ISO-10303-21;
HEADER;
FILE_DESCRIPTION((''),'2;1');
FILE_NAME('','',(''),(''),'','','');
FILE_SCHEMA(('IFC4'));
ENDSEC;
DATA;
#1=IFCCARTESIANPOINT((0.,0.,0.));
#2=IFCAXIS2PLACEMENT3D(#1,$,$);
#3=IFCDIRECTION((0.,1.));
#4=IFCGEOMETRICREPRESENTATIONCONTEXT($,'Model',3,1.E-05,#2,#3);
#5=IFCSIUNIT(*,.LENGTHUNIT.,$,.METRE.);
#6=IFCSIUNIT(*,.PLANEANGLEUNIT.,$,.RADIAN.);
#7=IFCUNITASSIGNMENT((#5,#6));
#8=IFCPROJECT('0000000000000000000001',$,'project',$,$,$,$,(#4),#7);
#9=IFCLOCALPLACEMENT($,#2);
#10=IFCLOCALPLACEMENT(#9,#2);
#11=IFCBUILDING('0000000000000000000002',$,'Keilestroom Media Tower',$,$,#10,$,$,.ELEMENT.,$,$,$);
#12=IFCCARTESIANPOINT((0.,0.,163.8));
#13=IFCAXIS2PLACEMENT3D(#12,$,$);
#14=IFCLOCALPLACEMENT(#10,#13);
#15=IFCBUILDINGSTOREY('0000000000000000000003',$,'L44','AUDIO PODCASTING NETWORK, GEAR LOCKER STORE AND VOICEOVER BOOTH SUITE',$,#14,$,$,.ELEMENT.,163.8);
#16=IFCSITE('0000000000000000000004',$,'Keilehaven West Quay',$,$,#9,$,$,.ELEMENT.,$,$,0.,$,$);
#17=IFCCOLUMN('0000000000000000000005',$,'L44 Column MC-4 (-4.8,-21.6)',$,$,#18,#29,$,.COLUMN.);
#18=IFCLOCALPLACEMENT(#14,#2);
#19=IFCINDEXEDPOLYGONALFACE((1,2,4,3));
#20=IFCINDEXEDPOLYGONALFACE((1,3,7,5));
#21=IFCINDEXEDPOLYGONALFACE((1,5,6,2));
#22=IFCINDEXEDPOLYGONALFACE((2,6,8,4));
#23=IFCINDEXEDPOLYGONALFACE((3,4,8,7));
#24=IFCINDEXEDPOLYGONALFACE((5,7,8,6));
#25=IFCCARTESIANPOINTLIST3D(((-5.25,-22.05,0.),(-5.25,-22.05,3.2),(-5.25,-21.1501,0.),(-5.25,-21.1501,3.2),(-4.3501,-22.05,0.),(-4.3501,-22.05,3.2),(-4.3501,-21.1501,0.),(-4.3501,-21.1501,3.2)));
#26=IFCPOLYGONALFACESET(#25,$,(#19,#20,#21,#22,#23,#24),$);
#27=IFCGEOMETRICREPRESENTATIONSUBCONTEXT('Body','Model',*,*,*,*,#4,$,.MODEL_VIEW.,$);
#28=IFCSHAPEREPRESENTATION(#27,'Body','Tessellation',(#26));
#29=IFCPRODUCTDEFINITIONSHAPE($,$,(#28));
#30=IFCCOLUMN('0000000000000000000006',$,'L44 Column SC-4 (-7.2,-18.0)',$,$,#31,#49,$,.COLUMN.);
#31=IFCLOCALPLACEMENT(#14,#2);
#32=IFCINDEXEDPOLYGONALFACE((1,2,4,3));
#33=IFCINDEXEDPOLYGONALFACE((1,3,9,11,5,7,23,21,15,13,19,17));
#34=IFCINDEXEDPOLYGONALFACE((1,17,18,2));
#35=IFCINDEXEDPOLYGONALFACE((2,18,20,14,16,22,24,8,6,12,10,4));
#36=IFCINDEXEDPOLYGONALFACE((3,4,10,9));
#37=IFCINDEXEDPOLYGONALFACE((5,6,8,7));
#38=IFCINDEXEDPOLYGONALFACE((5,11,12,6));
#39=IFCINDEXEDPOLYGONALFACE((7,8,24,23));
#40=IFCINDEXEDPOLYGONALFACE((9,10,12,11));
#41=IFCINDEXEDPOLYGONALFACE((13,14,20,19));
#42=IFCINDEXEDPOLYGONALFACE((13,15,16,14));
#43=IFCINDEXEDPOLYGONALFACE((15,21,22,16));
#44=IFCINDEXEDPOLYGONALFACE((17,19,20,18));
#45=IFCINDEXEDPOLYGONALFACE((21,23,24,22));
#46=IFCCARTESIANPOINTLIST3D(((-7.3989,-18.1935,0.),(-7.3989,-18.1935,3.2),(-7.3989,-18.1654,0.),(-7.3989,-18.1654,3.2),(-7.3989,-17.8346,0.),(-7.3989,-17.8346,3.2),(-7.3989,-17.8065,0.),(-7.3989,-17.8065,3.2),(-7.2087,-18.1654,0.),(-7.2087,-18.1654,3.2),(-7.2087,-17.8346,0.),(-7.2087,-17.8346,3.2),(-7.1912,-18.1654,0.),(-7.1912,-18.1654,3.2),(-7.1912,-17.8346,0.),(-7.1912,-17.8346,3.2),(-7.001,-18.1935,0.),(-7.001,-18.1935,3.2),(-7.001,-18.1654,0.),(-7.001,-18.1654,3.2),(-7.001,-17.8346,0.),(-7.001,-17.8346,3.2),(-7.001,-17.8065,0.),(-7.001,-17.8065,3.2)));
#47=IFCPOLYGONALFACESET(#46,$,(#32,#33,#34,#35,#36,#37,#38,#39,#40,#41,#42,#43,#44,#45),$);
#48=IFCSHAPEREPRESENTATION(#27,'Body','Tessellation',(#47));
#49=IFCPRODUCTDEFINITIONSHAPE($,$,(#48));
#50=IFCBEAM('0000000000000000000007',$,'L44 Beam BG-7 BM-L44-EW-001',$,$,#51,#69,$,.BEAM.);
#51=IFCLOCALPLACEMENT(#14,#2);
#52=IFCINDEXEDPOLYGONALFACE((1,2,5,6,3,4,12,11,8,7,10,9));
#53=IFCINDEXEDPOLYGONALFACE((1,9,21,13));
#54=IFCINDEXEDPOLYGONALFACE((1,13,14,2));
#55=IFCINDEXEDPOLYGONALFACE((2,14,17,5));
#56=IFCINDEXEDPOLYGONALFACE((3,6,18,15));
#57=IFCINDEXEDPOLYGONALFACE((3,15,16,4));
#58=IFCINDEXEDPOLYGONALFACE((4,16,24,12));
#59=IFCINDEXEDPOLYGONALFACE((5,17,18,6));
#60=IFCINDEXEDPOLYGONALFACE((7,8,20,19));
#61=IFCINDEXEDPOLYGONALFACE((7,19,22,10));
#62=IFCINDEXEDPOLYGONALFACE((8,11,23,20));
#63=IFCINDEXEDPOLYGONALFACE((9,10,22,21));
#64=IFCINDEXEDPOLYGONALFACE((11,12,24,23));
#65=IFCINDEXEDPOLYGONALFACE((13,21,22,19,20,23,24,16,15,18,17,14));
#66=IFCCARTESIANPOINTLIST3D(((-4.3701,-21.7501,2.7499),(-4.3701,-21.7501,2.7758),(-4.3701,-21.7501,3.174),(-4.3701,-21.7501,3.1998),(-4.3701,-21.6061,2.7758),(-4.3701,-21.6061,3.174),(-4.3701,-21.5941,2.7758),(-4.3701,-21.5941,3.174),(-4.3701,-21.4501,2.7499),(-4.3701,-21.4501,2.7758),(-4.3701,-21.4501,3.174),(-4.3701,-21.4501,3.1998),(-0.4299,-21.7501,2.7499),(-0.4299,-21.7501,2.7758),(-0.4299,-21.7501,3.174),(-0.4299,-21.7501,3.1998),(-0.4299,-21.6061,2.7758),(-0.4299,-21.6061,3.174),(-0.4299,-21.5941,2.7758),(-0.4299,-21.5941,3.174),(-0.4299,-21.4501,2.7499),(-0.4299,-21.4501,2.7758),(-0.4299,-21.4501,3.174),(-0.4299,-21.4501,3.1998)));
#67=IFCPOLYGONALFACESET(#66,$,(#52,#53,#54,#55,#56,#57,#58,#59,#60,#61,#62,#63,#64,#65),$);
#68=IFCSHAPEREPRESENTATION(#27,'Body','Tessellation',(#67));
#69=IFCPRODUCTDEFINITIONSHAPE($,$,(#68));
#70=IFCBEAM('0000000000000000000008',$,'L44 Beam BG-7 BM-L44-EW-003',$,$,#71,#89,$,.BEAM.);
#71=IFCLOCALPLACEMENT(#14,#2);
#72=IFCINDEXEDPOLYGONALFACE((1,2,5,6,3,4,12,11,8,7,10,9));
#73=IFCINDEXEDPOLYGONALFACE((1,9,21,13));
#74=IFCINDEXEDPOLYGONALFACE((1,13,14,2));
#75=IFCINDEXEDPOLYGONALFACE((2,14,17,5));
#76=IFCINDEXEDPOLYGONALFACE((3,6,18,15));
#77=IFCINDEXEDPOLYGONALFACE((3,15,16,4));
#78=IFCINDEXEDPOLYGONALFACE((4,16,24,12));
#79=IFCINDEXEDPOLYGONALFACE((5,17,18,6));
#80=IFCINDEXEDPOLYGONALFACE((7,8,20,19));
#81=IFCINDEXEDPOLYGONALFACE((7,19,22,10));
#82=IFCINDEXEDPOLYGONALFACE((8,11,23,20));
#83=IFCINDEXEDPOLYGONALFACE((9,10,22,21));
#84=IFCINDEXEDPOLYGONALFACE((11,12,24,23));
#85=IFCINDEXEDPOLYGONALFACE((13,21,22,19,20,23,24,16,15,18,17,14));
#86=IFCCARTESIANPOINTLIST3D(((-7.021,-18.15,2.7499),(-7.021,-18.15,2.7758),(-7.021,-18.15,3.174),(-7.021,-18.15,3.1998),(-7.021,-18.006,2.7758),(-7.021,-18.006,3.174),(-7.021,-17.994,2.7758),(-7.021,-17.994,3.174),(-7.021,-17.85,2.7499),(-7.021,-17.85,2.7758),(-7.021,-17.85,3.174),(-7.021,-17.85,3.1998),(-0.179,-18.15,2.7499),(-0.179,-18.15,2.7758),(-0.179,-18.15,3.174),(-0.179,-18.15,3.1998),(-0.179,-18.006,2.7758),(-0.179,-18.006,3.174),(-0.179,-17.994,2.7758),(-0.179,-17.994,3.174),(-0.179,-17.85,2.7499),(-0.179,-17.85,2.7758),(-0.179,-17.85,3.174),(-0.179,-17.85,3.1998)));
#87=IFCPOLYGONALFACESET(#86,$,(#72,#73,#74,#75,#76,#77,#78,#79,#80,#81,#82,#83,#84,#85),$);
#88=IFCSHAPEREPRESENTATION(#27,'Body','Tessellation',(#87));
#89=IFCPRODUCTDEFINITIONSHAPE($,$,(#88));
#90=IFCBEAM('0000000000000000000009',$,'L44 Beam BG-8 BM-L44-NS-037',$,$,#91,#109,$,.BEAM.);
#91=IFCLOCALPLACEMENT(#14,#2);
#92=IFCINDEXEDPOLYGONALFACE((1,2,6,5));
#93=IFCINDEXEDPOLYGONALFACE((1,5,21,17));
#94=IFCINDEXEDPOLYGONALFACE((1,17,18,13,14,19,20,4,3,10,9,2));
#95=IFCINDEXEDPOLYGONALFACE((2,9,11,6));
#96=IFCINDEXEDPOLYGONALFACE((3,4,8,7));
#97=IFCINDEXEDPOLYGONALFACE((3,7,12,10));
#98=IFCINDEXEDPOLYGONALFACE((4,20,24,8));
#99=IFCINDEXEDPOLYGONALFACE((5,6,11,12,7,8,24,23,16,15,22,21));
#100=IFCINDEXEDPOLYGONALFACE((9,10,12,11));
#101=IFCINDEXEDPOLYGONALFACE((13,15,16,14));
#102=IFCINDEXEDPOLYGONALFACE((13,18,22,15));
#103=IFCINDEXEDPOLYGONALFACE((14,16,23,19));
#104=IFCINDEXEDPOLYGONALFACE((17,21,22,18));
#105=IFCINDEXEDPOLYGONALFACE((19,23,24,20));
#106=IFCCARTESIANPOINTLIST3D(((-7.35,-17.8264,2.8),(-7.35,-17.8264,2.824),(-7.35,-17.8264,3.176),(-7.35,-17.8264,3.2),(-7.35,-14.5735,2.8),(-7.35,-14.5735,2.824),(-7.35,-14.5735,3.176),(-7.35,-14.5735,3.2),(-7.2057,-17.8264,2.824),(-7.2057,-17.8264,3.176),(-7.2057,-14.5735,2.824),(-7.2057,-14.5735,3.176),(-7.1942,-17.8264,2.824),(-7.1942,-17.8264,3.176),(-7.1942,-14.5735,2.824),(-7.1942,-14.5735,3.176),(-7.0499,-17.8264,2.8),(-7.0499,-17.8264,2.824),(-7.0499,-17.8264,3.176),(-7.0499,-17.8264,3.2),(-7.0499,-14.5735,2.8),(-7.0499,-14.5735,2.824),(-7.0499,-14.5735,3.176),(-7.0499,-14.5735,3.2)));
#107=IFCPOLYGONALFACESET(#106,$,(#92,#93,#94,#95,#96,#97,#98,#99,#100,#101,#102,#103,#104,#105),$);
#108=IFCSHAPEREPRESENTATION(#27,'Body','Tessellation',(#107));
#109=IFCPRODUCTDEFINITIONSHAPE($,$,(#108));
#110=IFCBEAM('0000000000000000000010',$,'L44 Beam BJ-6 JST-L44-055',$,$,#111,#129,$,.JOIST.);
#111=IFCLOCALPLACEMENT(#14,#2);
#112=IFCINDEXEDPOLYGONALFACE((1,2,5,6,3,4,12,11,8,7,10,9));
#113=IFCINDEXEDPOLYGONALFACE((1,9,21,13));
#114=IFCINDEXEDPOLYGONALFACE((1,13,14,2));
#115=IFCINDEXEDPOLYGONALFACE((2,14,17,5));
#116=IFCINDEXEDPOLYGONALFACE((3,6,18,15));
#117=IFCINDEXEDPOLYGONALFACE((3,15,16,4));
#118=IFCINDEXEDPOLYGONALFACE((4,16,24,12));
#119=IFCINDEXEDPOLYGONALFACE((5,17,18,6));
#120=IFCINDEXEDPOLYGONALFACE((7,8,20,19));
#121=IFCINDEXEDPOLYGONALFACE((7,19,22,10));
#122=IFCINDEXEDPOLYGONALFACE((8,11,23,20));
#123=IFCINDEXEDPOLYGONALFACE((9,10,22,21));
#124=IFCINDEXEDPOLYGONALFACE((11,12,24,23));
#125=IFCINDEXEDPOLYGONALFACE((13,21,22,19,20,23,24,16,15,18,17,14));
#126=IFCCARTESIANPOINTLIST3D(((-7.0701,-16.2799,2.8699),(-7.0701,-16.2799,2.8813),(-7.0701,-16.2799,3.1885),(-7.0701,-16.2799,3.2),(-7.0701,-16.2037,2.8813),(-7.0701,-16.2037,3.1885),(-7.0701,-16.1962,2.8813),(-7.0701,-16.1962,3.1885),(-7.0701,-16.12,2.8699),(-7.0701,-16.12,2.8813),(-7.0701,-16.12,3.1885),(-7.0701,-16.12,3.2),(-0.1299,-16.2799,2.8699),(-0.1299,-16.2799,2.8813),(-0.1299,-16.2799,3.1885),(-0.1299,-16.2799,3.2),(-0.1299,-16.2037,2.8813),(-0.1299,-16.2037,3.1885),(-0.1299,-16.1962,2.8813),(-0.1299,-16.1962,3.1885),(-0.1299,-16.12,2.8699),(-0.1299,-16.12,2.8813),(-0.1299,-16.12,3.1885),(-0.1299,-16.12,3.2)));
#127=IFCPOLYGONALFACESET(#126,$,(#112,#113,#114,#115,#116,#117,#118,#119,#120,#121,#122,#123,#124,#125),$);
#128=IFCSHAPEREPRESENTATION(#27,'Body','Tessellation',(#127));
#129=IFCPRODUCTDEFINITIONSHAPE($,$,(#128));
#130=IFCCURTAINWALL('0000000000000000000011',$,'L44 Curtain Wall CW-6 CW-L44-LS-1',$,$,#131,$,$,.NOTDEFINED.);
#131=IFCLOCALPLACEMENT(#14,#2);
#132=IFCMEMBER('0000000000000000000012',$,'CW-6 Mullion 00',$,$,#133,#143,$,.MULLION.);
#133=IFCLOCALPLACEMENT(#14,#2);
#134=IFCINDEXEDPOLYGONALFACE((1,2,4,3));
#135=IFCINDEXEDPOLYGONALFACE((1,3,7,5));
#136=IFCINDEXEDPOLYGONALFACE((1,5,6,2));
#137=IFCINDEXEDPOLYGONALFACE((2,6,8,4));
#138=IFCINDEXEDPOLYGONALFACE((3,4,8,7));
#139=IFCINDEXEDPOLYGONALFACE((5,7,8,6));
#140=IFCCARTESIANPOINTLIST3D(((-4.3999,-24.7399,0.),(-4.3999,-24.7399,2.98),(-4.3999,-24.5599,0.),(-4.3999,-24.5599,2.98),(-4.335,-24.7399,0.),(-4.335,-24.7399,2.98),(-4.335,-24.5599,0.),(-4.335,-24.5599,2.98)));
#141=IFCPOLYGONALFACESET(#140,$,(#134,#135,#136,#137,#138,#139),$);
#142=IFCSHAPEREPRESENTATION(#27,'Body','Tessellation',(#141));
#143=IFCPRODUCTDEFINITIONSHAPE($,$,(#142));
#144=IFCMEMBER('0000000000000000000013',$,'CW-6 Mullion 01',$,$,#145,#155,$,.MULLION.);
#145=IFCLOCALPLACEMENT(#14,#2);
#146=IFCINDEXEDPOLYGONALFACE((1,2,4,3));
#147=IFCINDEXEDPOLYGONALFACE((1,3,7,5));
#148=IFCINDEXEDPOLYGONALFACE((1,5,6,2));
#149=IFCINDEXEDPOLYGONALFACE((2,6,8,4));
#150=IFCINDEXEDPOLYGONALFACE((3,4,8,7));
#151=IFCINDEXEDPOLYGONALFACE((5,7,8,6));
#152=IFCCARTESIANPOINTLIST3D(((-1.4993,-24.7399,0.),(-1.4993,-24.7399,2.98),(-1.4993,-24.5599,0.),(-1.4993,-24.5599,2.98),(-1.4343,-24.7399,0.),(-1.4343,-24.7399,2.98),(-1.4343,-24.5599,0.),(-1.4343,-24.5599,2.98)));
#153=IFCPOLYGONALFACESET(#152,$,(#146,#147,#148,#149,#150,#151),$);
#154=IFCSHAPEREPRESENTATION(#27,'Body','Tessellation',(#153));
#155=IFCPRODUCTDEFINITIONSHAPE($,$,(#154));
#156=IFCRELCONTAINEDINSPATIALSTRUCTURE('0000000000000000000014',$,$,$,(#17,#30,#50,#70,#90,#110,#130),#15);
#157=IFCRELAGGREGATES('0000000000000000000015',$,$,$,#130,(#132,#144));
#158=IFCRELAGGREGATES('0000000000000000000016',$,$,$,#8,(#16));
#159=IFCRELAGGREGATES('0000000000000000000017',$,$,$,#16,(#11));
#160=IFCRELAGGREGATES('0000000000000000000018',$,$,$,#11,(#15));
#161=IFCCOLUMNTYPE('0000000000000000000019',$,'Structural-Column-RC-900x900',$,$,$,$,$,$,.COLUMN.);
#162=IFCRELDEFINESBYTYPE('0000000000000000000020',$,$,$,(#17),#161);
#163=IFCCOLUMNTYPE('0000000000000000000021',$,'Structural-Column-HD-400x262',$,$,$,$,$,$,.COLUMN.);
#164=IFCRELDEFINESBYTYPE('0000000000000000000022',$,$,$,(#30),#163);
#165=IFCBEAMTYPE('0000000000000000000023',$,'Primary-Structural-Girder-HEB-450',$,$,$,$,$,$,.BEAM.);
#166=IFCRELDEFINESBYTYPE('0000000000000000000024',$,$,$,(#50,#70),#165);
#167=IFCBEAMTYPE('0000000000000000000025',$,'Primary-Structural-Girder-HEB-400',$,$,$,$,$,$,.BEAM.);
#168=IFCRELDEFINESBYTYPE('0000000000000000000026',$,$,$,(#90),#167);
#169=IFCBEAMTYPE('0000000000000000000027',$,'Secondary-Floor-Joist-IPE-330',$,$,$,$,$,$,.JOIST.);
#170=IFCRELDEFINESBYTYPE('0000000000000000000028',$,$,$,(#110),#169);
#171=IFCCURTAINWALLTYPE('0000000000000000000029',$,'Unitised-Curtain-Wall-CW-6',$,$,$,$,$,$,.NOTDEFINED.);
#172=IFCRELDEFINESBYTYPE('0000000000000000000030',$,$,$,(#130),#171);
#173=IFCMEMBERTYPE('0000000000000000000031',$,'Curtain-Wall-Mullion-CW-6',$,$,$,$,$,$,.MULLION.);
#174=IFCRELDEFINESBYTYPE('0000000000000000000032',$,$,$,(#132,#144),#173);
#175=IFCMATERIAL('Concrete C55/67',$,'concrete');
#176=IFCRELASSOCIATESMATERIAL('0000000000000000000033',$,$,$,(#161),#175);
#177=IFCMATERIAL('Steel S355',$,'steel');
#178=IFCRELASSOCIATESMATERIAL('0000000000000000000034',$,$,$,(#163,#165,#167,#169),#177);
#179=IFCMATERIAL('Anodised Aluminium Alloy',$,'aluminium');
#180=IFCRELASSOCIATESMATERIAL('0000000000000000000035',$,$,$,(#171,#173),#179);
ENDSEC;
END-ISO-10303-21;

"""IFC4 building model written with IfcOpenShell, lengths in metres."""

from ifc_helpers import new_model, si_unit, direction, frame, origin, origin_2d, place, context, subcontext, project, spatial, rectangle, i_section, extrude, source, transform, mapped, material, material_profile, profile_set, type_object, element, aggregate, save


model = new_model("IFC4")

# Units and contexts
model_context = context("Model", 3, precision=1e-05, world=origin(), true_north=direction((0.0, 1.0)))
body_context = subcontext(model_context, "Body", "Model", "MODEL_VIEW")
ifc_project = project(units=[si_unit("LENGTHUNIT", "METRE"), si_unit("PLANEANGLEUNIT", "RADIAN")], contexts=[model_context])

# Site, building, storey
site_placement = place(None, origin())
site = spatial("IfcSite", under=ifc_project, at=site_placement, Name="Keilehaven West Quay", CompositionType="ELEMENT", RefElevation=0.0)
building_placement = place(site_placement, origin())
building = spatial("IfcBuilding", under=site, at=building_placement, Name="Keilestroom Media Tower", CompositionType="ELEMENT")
storey_placement = place(building_placement, frame((0.0, 0.0, 163.8)))
storey = spatial("IfcBuildingStorey", under=building, at=storey_placement, Name="L44", Description="AUDIO PODCASTING NETWORK, GEAR LOCKER STORE AND VOICEOVER BOOTH SUITE", CompositionType="ELEMENT", Elevation=163.8)

# Columns
ifc_material_1 = material(Name="Concrete C55/67", Category="concrete")
ifc_material_profile_1 = material_profile(ifc_material_1, rectangle(XDim=0.8999, YDim=0.8999, at=origin_2d()), Name="RC 900x900")
ifc_profile_set_1 = profile_set([ifc_material_profile_1], Name="Concrete C55/67")
column_type_1 = type_object("IfcColumnType", Name="Structural-Column-RC-900x900", PredefinedType="COLUMN", material=ifc_profile_set_1)
shared_shape_1 = source(origin(), body_context, "Body", "SweptSolid", [
    extrude(rectangle(XDim=0.8999, YDim=0.8999, at=origin_2d()), origin(), (0.0, 0.0, 1.0), 3.2),
])
column_1_placement = place(storey_placement, frame((-4.8, -21.6001, 0.0), z_axis=(0.0, 0.0, 1.0), x_axis=(1.0, 0.0, 0.0)))
element("IfcColumn", 1, at=column_1_placement, inside=storey, type_object=column_type_1, Name="L44 Column MC-4 (-4.8,-21.6)", PredefinedType="COLUMN", context=body_context, shape_type="MappedRepresentation", body=[
    mapped(shared_shape_1, transform((0.0, 0.0, 0.0), x_axis=(1.0, 0.0, 0.0), y_axis=(0.0, 1.0, 0.0), z_axis=(0.0, 0.0, 1.0), scale=1.0)),
])
ifc_material_2 = material(Name="Steel S355", Category="steel")
ifc_material_profile_2 = material_profile(ifc_material_2, i_section(OverallWidth=0.3979, OverallDepth=0.387, WebThickness=0.0176, FlangeThickness=0.0281, at=origin_2d()), Name="HD 400x262")
ifc_profile_set_2 = profile_set([ifc_material_profile_2], Name="Steel S355")
column_type_2 = type_object("IfcColumnType", Name="Structural-Column-HD-400x262", PredefinedType="COLUMN", material=ifc_profile_set_2)
shared_shape_2 = source(origin(), body_context, "Body", "SweptSolid", [
    extrude(i_section(OverallWidth=0.3979, OverallDepth=0.387, WebThickness=0.0176, FlangeThickness=0.0281, at=origin_2d()), origin(), (0.0, 0.0, 1.0), 3.2),
])
column_2_placement = place(storey_placement, frame((-7.2, -18.0, 0.0), z_axis=(0.0, 0.0, 1.0), x_axis=(1.0, 0.0, 0.0)))
element("IfcColumn", 2, at=column_2_placement, inside=storey, type_object=column_type_2, Name="L44 Column SC-4 (-7.2,-18.0)", PredefinedType="COLUMN", context=body_context, shape_type="MappedRepresentation", body=[
    mapped(shared_shape_2, transform((0.0, 0.0, 0.0), x_axis=(1.0, 0.0, 0.0), y_axis=(0.0, 1.0, 0.0), z_axis=(0.0, 0.0, 1.0), scale=1.0)),
])

# Beams
ifc_material_profile_3 = material_profile(ifc_material_2, i_section(OverallWidth=0.3, OverallDepth=0.45, WebThickness=0.012, FlangeThickness=0.0259, at=origin_2d()), Name="HEB 450")
ifc_profile_set_3 = profile_set([ifc_material_profile_3], Name="Steel S355")
beam_type_1 = type_object("IfcBeamType", Name="Primary-Structural-Girder-HEB-450", PredefinedType="BEAM", material=ifc_profile_set_3)
shared_shape_3 = source(origin(), body_context, "Body", "SweptSolid", [
    extrude(i_section(OverallWidth=0.3, OverallDepth=0.45, WebThickness=0.012, FlangeThickness=0.0259, at=origin_2d()), origin(), (0.0, 0.0, 1.0), 3.9402),
])
beam_1_placement = place(storey_placement, frame((-4.3701, -21.6001, 2.9749), z_axis=(1.0, 0.0, 0.0), x_axis=(0.0, 1.0, 0.0)))
element("IfcBeam", 3, at=beam_1_placement, inside=storey, type_object=beam_type_1, Name="L44 Beam BG-7 BM-L44-EW-001", PredefinedType="BEAM", context=body_context, shape_type="MappedRepresentation", body=[
    mapped(shared_shape_3, transform((0.0, 0.0, 0.0), x_axis=(1.0, 0.0, 0.0), y_axis=(0.0, 1.0, 0.0), z_axis=(0.0, 0.0, 1.0), scale=1.0)),
])
shared_shape_4 = source(origin(), body_context, "Body", "SweptSolid", [
    extrude(i_section(OverallWidth=0.3, OverallDepth=0.45, WebThickness=0.012, FlangeThickness=0.0259, at=origin_2d()), origin(), (0.0, 0.0, 1.0), 6.842),
])
beam_2_placement = place(storey_placement, frame((-7.021, -18.0, 2.9749), z_axis=(1.0, 0.0, 0.0), x_axis=(0.0, 1.0, 0.0)))
element("IfcBeam", 4, at=beam_2_placement, inside=storey, type_object=beam_type_1, Name="L44 Beam BG-7 BM-L44-EW-003", PredefinedType="BEAM", context=body_context, shape_type="MappedRepresentation", body=[
    mapped(shared_shape_4, transform((0.0, 0.0, 0.0), x_axis=(1.0, 0.0, 0.0), y_axis=(0.0, 1.0, 0.0), z_axis=(0.0, 0.0, 1.0), scale=1.0)),
])
ifc_material_profile_4 = material_profile(ifc_material_2, i_section(OverallWidth=0.3, OverallDepth=0.3999, WebThickness=0.0115, FlangeThickness=0.0239, at=origin_2d()), Name="HEB 400")
ifc_profile_set_4 = profile_set([ifc_material_profile_4], Name="Steel S355")
beam_type_2 = type_object("IfcBeamType", Name="Primary-Structural-Girder-HEB-400", PredefinedType="BEAM", material=ifc_profile_set_4)
shared_shape_5 = source(origin(), body_context, "Body", "SweptSolid", [
    extrude(i_section(OverallWidth=0.3, OverallDepth=0.3999, WebThickness=0.0115, FlangeThickness=0.0239, at=origin_2d()), origin(), (0.0, 0.0, 1.0), 3.2529),
])
beam_3_placement = place(storey_placement, frame((-7.2, -17.8264, 3.0), z_axis=(0.0, 1.0, 0.0), x_axis=(-1.0, 0.0, 0.0)))
element("IfcBeam", 5, at=beam_3_placement, inside=storey, type_object=beam_type_2, Name="L44 Beam BG-8 BM-L44-NS-037", PredefinedType="BEAM", context=body_context, shape_type="MappedRepresentation", body=[
    mapped(shared_shape_5, transform((0.0, 0.0, 0.0), x_axis=(1.0, 0.0, 0.0), y_axis=(0.0, 1.0, 0.0), z_axis=(0.0, 0.0, 1.0), scale=1.0)),
])
ifc_material_profile_5 = material_profile(ifc_material_2, i_section(OverallWidth=0.1599, OverallDepth=0.3301, WebThickness=0.0076, FlangeThickness=0.0115, at=origin_2d()), Name="IPE 330")
ifc_profile_set_5 = profile_set([ifc_material_profile_5], Name="Steel S355")
beam_type_3 = type_object("IfcBeamType", Name="Secondary-Floor-Joist-IPE-330", PredefinedType="JOIST", material=ifc_profile_set_5)
shared_shape_6 = source(origin(), body_context, "Body", "SweptSolid", [
    extrude(i_section(OverallWidth=0.1599, OverallDepth=0.3301, WebThickness=0.0076, FlangeThickness=0.0115, at=origin_2d()), origin(), (0.0, 0.0, 1.0), 6.9402),
])
beam_4_placement = place(storey_placement, frame((-7.0701, -16.2, 3.0349), z_axis=(1.0, 0.0, 0.0), x_axis=(0.0, 1.0, 0.0)))
element("IfcBeam", 6, at=beam_4_placement, inside=storey, type_object=beam_type_3, Name="L44 Beam BJ-6 JST-L44-055", PredefinedType="JOIST", context=body_context, shape_type="MappedRepresentation", body=[
    mapped(shared_shape_6, transform((0.0, 0.0, 0.0), x_axis=(1.0, 0.0, 0.0), y_axis=(0.0, 1.0, 0.0), z_axis=(0.0, 0.0, 1.0), scale=1.0)),
])

# Curtain wall, members
ifc_material_3 = material(Name="Anodised Aluminium Alloy", Category="aluminium")
curtain_wall_type = type_object("IfcCurtainWallType", Name="Unitised-Curtain-Wall-CW-6", PredefinedType="NOTDEFINED", material=ifc_material_3)
curtain_wall_placement = place(storey_placement, origin())
curtain_wall = element("IfcCurtainWall", 7, at=curtain_wall_placement, inside=storey, type_object=curtain_wall_type, Name="L44 Curtain Wall CW-6 CW-L44-LS-1", PredefinedType="NOTDEFINED")
ifc_material_profile_6 = material_profile(ifc_material_3, rectangle(XDim=0.0649, YDim=0.1799, at=origin_2d()), Name="ALU MULLION 65x180")
ifc_profile_set_6 = profile_set([ifc_material_profile_6], Name="Anodised Aluminium Alloy")
member_type_1 = type_object("IfcMemberType", Name="Curtain-Wall-Mullion-CW-6", PredefinedType="MULLION", material=ifc_profile_set_6)
shared_shape_7 = source(origin(), body_context, "Body", "SweptSolid", [
    extrude(rectangle(XDim=0.0649, YDim=0.1799, at=origin_2d()), origin(), (0.0, 0.0, 1.0), 2.98),
])
member_1_placement = place(storey_placement, frame((-4.3674, -24.6499, 0.0), z_axis=(0.0, 0.0, 1.0), x_axis=(1.0, 0.0, 0.0)))
member_1 = element("IfcMember", 8, at=member_1_placement, type_object=member_type_1, Name="CW-6 Mullion 00", PredefinedType="MULLION", context=body_context, shape_type="MappedRepresentation", body=[
    mapped(shared_shape_7, transform((0.0, 0.0, 0.0), x_axis=(1.0, 0.0, 0.0), y_axis=(0.0, 1.0, 0.0), z_axis=(0.0, 0.0, 1.0), scale=1.0)),
])
member_2_placement = place(storey_placement, frame((-1.4668, -24.6499, 0.0), z_axis=(0.0, 0.0, 1.0), x_axis=(1.0, 0.0, 0.0)))
member_2 = element("IfcMember", 9, at=member_2_placement, type_object=member_type_1, Name="CW-6 Mullion 01", PredefinedType="MULLION", context=body_context, shape_type="MappedRepresentation", body=[
    mapped(shared_shape_7, transform((0.0, 0.0, 0.0), x_axis=(1.0, 0.0, 0.0), y_axis=(0.0, 1.0, 0.0), z_axis=(0.0, 0.0, 1.0), scale=1.0)),
])
aggregate(curtain_wall, [member_1, member_2])

save(model, "model.ifc")
